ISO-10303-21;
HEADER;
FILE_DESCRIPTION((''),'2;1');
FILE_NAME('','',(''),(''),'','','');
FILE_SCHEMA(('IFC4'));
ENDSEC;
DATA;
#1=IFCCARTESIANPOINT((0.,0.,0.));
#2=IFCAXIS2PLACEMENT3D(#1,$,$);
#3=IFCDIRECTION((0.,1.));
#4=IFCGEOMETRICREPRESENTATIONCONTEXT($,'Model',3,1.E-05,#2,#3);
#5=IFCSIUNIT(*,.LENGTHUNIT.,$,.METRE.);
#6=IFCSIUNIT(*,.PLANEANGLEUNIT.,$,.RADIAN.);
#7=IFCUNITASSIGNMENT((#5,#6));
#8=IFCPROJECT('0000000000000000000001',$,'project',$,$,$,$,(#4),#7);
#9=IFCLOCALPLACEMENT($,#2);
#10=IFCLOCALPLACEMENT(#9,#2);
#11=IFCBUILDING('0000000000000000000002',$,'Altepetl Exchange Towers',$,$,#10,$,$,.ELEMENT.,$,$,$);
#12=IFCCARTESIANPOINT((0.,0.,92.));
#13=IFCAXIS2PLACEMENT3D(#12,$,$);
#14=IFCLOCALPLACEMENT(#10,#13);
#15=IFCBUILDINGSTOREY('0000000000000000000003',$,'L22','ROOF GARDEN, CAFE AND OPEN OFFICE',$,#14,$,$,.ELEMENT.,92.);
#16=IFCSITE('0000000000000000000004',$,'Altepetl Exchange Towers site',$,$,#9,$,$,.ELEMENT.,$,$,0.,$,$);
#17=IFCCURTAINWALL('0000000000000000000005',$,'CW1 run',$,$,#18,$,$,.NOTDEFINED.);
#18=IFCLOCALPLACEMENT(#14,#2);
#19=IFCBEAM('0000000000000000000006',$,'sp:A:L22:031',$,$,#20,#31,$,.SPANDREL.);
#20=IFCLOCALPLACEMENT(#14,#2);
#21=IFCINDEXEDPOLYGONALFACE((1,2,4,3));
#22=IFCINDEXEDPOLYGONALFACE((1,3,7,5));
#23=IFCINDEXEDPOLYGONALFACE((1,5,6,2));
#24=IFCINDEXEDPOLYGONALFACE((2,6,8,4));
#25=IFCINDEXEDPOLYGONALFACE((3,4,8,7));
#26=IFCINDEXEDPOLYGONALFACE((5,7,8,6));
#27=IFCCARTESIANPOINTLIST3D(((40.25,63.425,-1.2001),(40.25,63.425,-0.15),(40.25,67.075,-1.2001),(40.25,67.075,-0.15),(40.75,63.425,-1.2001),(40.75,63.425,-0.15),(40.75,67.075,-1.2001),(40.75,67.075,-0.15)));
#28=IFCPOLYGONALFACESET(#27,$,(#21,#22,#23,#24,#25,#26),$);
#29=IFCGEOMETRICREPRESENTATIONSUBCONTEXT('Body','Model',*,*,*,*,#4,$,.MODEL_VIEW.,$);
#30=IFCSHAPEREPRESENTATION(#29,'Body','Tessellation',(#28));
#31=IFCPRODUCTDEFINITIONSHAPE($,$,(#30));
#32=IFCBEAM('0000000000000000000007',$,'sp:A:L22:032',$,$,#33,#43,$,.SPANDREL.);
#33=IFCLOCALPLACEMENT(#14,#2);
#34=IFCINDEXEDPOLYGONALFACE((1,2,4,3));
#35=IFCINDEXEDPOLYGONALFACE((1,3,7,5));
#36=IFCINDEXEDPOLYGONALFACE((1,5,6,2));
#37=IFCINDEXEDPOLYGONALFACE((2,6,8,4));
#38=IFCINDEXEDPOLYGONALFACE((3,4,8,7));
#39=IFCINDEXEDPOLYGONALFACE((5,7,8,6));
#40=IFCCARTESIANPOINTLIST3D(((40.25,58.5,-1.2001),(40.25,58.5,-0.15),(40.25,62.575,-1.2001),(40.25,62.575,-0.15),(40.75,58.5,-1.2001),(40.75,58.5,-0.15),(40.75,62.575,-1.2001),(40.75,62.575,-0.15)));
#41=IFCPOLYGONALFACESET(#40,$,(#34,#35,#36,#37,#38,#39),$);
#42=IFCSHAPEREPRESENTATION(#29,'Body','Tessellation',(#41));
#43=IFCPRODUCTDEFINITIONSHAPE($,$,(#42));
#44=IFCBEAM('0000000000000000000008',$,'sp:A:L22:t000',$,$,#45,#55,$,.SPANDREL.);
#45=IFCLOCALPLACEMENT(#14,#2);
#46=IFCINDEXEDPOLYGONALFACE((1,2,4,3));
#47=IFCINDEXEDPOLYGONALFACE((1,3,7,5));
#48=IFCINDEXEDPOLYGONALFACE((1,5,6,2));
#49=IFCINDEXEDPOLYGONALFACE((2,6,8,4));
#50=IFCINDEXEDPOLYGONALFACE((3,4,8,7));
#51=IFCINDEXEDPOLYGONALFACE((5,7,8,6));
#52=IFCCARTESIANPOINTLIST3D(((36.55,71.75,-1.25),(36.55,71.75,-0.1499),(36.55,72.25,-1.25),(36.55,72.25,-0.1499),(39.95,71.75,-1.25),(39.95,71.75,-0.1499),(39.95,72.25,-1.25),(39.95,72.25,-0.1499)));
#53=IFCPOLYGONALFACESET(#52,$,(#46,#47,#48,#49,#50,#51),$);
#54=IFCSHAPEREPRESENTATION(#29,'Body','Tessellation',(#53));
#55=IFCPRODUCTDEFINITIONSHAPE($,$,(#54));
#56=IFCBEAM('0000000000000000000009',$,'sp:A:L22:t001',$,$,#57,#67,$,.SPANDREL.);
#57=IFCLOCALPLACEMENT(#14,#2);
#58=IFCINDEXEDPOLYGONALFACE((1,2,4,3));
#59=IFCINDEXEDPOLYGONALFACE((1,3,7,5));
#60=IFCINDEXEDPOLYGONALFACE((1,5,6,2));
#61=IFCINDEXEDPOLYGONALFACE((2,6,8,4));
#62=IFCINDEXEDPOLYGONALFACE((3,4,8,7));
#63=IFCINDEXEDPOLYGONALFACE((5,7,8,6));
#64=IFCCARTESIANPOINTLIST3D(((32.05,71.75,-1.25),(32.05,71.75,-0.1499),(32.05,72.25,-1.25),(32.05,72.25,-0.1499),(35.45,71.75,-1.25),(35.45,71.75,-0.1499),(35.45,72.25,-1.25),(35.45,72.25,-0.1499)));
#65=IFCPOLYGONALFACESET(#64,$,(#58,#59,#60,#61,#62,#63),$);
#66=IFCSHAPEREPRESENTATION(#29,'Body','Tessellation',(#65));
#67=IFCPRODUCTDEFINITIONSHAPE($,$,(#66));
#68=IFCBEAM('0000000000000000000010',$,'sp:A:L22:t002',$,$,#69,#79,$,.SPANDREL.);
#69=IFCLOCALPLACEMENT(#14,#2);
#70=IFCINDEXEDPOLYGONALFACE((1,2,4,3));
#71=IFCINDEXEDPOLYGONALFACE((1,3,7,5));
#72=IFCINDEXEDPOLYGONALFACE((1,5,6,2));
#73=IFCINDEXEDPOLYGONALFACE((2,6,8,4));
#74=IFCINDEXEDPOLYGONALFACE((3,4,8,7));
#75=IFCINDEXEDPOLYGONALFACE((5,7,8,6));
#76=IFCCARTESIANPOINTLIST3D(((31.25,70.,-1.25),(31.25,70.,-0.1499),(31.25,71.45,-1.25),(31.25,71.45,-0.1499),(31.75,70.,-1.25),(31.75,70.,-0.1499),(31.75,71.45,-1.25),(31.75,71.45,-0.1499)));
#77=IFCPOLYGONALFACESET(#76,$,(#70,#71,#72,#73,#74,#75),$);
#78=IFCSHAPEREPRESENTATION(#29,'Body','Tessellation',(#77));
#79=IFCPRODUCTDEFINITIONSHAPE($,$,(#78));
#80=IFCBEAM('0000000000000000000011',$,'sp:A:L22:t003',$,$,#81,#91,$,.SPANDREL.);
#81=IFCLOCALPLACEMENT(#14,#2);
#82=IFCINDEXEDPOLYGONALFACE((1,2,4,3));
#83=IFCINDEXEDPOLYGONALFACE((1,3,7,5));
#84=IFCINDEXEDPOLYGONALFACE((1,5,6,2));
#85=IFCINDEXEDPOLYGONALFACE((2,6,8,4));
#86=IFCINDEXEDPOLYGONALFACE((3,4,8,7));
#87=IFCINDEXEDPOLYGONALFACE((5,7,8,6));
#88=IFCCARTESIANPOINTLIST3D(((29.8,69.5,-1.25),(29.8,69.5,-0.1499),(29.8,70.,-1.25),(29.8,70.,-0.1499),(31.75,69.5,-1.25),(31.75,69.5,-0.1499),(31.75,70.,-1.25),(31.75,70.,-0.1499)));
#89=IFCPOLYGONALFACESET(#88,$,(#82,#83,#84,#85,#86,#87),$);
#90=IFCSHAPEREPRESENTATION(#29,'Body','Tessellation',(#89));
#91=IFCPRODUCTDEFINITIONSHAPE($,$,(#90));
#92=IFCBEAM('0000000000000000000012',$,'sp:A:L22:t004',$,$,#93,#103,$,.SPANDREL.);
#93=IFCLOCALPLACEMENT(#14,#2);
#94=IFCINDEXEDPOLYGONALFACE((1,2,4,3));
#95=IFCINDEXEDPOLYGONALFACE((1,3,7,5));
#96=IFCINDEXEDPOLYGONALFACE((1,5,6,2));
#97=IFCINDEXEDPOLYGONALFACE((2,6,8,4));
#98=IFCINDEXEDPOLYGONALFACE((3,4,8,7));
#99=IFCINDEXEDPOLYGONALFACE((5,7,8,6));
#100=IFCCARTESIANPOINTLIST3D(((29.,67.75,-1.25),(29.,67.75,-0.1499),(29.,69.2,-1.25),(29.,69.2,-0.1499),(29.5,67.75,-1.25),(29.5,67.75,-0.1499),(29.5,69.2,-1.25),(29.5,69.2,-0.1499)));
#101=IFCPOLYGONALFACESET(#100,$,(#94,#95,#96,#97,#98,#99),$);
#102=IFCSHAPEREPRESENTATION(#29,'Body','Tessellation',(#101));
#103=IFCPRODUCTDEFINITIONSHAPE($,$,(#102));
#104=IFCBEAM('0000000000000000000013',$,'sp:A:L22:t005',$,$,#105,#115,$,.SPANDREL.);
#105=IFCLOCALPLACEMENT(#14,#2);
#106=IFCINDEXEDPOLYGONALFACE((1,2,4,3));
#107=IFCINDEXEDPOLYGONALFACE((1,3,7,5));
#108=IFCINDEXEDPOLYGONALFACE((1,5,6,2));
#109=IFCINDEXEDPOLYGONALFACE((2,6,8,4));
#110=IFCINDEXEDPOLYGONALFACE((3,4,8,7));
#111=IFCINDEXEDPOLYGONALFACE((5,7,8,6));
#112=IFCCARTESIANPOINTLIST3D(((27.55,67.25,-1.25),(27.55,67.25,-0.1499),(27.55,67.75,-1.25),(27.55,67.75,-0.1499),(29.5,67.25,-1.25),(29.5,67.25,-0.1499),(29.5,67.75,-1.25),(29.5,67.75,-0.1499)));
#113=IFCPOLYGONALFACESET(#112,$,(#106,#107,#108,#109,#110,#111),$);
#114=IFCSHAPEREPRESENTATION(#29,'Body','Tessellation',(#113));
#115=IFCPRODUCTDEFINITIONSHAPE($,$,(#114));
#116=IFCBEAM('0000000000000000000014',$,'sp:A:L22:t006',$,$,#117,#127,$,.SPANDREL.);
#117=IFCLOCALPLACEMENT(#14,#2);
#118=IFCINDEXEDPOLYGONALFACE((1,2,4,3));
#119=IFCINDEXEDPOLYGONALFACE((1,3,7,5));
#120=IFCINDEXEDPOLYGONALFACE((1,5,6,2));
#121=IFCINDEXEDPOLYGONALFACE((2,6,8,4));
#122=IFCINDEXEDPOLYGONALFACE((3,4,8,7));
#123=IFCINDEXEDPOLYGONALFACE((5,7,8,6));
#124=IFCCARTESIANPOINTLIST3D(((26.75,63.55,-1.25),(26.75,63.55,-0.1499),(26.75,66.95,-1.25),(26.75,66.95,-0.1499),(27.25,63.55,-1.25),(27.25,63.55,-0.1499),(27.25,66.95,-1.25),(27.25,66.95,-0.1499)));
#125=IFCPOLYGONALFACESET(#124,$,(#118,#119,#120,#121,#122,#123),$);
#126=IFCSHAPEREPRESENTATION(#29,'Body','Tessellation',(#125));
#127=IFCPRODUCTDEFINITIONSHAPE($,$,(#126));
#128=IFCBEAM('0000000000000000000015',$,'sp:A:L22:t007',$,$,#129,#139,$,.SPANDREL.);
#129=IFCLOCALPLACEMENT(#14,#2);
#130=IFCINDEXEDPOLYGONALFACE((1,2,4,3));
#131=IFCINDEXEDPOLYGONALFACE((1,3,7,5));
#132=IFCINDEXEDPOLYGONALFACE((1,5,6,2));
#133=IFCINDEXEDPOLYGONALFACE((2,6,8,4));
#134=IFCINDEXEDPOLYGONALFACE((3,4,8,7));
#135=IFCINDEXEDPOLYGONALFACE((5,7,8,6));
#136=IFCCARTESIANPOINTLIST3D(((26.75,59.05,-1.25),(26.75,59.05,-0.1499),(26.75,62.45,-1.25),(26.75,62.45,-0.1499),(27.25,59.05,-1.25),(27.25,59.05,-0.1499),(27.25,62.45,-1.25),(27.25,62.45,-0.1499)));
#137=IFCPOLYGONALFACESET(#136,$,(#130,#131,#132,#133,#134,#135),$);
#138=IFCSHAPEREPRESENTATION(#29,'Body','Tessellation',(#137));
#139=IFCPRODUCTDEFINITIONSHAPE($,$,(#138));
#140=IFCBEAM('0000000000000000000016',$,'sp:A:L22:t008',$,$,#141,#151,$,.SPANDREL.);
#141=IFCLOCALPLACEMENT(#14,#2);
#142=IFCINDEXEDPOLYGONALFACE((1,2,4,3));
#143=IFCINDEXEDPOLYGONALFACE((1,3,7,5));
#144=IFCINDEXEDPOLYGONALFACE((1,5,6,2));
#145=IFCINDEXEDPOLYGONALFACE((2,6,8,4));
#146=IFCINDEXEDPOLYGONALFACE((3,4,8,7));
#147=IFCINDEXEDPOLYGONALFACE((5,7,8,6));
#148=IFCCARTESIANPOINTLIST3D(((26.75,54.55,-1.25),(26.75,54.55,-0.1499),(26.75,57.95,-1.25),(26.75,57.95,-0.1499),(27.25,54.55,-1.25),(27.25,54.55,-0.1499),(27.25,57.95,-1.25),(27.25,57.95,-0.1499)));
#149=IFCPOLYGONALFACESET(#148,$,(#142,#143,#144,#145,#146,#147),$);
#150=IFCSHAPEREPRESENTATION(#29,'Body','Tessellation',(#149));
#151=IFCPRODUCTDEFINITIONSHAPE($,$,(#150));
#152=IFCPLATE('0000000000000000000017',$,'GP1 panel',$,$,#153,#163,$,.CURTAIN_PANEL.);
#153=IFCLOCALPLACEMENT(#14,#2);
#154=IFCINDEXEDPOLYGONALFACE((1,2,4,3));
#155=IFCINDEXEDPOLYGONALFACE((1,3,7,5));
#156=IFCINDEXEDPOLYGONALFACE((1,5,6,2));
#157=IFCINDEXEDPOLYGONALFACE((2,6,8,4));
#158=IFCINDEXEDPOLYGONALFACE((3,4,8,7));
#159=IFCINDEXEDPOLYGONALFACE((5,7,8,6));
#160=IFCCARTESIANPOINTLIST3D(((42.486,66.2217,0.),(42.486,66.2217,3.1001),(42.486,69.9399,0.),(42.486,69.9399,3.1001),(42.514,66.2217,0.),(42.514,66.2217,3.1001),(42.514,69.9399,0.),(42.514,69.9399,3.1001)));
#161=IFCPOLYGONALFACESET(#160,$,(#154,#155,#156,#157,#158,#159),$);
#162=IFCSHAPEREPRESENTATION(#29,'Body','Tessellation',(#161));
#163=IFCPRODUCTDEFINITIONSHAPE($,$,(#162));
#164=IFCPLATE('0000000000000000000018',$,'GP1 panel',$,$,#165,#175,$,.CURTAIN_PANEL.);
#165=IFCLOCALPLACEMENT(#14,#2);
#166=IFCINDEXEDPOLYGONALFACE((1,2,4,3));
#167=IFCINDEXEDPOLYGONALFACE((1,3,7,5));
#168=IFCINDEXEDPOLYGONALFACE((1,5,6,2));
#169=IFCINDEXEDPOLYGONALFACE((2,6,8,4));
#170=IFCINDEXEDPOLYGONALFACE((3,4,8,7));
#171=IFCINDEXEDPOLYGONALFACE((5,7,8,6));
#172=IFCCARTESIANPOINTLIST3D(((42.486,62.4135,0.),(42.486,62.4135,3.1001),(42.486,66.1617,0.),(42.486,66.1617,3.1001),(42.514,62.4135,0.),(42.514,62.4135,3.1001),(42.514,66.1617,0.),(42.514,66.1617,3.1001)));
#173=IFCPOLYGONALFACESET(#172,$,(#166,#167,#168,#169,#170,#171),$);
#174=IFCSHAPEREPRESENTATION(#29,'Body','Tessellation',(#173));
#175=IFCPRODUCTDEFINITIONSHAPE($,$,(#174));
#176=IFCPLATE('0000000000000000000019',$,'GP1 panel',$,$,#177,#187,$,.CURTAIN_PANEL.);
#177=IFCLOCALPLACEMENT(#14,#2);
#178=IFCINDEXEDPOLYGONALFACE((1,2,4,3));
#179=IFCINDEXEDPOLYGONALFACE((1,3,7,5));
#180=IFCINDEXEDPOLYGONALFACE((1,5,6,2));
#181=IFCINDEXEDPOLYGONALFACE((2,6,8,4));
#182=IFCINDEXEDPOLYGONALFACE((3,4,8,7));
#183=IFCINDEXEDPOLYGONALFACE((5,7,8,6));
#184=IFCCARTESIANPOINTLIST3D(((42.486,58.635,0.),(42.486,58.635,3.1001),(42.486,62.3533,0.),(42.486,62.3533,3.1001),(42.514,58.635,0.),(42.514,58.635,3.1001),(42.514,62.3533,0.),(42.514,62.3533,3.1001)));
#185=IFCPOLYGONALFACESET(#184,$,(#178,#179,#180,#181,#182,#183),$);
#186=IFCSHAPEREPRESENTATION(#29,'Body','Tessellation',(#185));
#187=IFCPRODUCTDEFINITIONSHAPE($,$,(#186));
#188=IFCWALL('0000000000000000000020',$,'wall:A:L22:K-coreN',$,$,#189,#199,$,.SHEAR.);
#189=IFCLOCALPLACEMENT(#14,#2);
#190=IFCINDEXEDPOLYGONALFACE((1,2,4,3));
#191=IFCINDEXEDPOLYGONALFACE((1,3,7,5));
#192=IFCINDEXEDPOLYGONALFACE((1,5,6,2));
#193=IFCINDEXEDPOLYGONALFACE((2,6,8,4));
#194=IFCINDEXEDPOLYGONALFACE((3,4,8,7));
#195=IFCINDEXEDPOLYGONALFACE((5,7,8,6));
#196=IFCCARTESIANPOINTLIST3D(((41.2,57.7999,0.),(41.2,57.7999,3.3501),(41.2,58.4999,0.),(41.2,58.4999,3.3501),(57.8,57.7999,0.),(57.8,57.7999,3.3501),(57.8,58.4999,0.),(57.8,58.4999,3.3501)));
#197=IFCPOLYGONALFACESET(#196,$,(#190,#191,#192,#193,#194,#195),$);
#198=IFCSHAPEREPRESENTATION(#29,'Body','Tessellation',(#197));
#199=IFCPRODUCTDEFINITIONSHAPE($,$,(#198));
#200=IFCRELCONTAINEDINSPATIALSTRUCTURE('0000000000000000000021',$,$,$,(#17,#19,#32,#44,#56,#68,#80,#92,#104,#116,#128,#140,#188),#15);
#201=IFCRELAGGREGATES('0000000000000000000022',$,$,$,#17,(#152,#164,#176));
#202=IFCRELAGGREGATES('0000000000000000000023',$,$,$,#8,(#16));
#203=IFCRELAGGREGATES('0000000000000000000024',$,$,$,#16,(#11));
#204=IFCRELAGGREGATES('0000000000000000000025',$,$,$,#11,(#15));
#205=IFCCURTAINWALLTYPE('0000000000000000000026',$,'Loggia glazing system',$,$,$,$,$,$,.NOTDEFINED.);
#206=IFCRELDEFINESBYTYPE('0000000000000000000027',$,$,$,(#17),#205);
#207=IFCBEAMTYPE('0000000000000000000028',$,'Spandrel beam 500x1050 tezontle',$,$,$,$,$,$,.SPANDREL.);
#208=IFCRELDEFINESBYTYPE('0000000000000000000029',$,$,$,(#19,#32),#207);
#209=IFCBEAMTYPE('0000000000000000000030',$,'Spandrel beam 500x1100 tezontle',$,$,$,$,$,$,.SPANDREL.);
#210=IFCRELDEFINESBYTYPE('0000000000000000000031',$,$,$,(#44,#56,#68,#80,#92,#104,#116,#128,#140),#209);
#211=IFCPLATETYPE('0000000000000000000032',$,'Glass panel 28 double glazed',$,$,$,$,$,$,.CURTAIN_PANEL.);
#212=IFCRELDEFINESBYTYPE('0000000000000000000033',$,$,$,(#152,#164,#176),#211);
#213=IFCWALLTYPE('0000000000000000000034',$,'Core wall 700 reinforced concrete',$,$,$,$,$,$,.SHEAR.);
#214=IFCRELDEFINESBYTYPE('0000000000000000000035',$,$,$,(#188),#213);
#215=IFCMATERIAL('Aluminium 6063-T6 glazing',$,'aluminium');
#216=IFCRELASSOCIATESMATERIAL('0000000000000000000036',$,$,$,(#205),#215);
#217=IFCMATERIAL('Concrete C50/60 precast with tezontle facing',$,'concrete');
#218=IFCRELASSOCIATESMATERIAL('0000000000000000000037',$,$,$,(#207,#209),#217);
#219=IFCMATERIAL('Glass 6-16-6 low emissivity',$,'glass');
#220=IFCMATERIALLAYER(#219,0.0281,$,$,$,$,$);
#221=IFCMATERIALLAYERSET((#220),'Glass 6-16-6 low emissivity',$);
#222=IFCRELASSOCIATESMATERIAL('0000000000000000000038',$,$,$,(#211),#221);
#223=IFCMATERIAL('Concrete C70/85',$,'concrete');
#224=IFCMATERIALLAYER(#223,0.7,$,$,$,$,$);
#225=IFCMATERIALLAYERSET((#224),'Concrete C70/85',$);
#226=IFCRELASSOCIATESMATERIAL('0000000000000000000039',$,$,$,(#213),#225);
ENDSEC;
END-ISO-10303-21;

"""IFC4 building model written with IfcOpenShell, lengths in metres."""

from ifc_helpers import new_model, si_unit, direction, frame, frame_2d, origin, origin_2d, place, context, subcontext, project, spatial, rectangle, extrude, material, layer, layer_set, material_profile, profile_set, type_object, element, aggregate, save


model = new_model("IFC4")

# Units and contexts
model_context = context("Model", 3, precision=1e-05, world=origin(), true_north=direction((0.0, 1.0)))
body_context = subcontext(model_context, "Body", "Model", "MODEL_VIEW")
ifc_project = project(units=[si_unit("LENGTHUNIT", "METRE"), si_unit("PLANEANGLEUNIT", "RADIAN")], contexts=[model_context])

# Site, building, storey
site_placement = place(None, origin())
site = spatial("IfcSite", under=ifc_project, at=site_placement, Name="Altepetl Exchange Towers site", CompositionType="ELEMENT", RefElevation=0.0)
building_placement = place(site_placement, origin())
building = spatial("IfcBuilding", under=site, at=building_placement, Name="Altepetl Exchange Towers", CompositionType="ELEMENT")
storey_placement = place(building_placement, frame((0.0, 0.0, 92.0)))
storey = spatial("IfcBuildingStorey", under=building, at=storey_placement, Name="L22", Description="ROOF GARDEN, CAFE AND OPEN OFFICE", CompositionType="ELEMENT", Elevation=92.0)

# Curtain wall
ifc_material_1 = material(Name="Aluminium 6063-T6 glazing", Category="aluminium")
curtain_wall_type = type_object("IfcCurtainWallType", Name="Loggia glazing system", PredefinedType="NOTDEFINED", material=ifc_material_1)
curtain_wall_placement = place(storey_placement, origin())
curtain_wall = element("IfcCurtainWall", 1, at=curtain_wall_placement, inside=storey, type_object=curtain_wall_type, Name="CW1 run", PredefinedType="NOTDEFINED")

# Beams
ifc_material_2 = material(Name="Concrete C50/60 precast with tezontle facing", Category="concrete")
ifc_material_profile_1 = material_profile(ifc_material_2, rectangle(XDim=0.5, YDim=1.05, at=origin_2d()), Name="500 x 1050")
ifc_profile_set_1 = profile_set([ifc_material_profile_1], Name="Concrete C50/60 precast with tezontle facing")
beam_type_1 = type_object("IfcBeamType", Name="Spandrel beam 500x1050 tezontle", PredefinedType="SPANDREL", material=ifc_profile_set_1)
beam_1_placement = place(storey_placement, frame((40.5, 67.075, -0.675), z_axis=(0.0, -1.0, 0.0), x_axis=(1.0, 0.0, 0.0)))
element("IfcBeam", 2, at=beam_1_placement, inside=storey, type_object=beam_type_1, Name="sp:A:L22:031", PredefinedType="SPANDREL", context=body_context, shape_type="SweptSolid", body=[
    extrude(rectangle(XDim=0.5, YDim=1.05, at=origin_2d()), origin(), (0.0, 0.0, 1.0), 3.6499),
])
beam_2_placement = place(storey_placement, frame((40.5, 62.575, -0.675), z_axis=(0.0, -1.0, 0.0), x_axis=(1.0, 0.0, 0.0)))
element("IfcBeam", 3, at=beam_2_placement, inside=storey, type_object=beam_type_1, Name="sp:A:L22:032", PredefinedType="SPANDREL", context=body_context, shape_type="SweptSolid", body=[
    extrude(rectangle(XDim=0.5, YDim=1.05, at=origin_2d()), origin(), (0.0, 0.0, 1.0), 4.075),
])
ifc_material_profile_2 = material_profile(ifc_material_2, rectangle(XDim=0.5, YDim=1.1001, at=origin_2d()), Name="500 x 1100")
ifc_profile_set_2 = profile_set([ifc_material_profile_2], Name="Concrete C50/60 precast with tezontle facing")
beam_type_2 = type_object("IfcBeamType", Name="Spandrel beam 500x1100 tezontle", PredefinedType="SPANDREL", material=ifc_profile_set_2)
for number, where, z_axis, x_axis, name in (
    (4, (39.95, 72.0, -0.7), (-1.0, 0.0, 0.0), (0.0, -1.0, 0.0), "sp:A:L22:t000"),
    (5, (35.45, 72.0, -0.7), (-1.0, 0.0, 0.0), (0.0, -1.0, 0.0), "sp:A:L22:t001"),
):
    element("IfcBeam", number, at=place(storey_placement, frame(where, z_axis=z_axis, x_axis=x_axis)), inside=storey, type_object=beam_type_2, Name=name, PredefinedType="SPANDREL", context=body_context, shape_type="SweptSolid", body=[
        extrude(rectangle(XDim=0.5, YDim=1.1001, at=origin_2d()), origin(), (0.0, 0.0, 1.0), 3.3999),
    ])
beam_3_placement = place(storey_placement, frame((31.5, 71.45, -0.7), z_axis=(0.0, -1.0, 0.0), x_axis=(1.0, 0.0, 0.0)))
element("IfcBeam", 6, at=beam_3_placement, inside=storey, type_object=beam_type_2, Name="sp:A:L22:t002", PredefinedType="SPANDREL", context=body_context, shape_type="SweptSolid", body=[
    extrude(rectangle(XDim=0.5, YDim=1.1001, at=origin_2d()), origin(), (0.0, 0.0, 1.0), 1.45),
])
beam_4_placement = place(storey_placement, frame((31.75, 69.75, -0.7), z_axis=(-1.0, 0.0, 0.0), x_axis=(0.0, -1.0, 0.0)))
element("IfcBeam", 7, at=beam_4_placement, inside=storey, type_object=beam_type_2, Name="sp:A:L22:t003", PredefinedType="SPANDREL", context=body_context, shape_type="SweptSolid", body=[
    extrude(rectangle(XDim=0.5, YDim=1.1001, at=origin_2d()), origin(), (0.0, 0.0, 1.0), 1.95),
])
beam_5_placement = place(storey_placement, frame((29.25, 69.2, -0.7), z_axis=(0.0, -1.0, 0.0), x_axis=(1.0, 0.0, 0.0)))
element("IfcBeam", 8, at=beam_5_placement, inside=storey, type_object=beam_type_2, Name="sp:A:L22:t004", PredefinedType="SPANDREL", context=body_context, shape_type="SweptSolid", body=[
    extrude(rectangle(XDim=0.5, YDim=1.1001, at=origin_2d()), origin(), (0.0, 0.0, 1.0), 1.45),
])
beam_6_placement = place(storey_placement, frame((29.5, 67.5, -0.7), z_axis=(-1.0, 0.0, 0.0), x_axis=(0.0, -1.0, 0.0)))
element("IfcBeam", 9, at=beam_6_placement, inside=storey, type_object=beam_type_2, Name="sp:A:L22:t005", PredefinedType="SPANDREL", context=body_context, shape_type="SweptSolid", body=[
    extrude(rectangle(XDim=0.5, YDim=1.1001, at=origin_2d()), origin(), (0.0, 0.0, 1.0), 1.95),
])
for number, where, z_axis, x_axis, name in (
    (10, (27.0, 66.95, -0.7), (0.0, -1.0, 0.0), (1.0, 0.0, 0.0), "sp:A:L22:t006"),
    (11, (27.0, 62.45, -0.7), (0.0, -1.0, 0.0), (1.0, 0.0, 0.0), "sp:A:L22:t007"),
    (12, (27.0, 57.95, -0.7), (0.0, -1.0, 0.0), (1.0, 0.0, 0.0), "sp:A:L22:t008"),
):
    element("IfcBeam", number, at=place(storey_placement, frame(where, z_axis=z_axis, x_axis=x_axis)), inside=storey, type_object=beam_type_2, Name=name, PredefinedType="SPANDREL", context=body_context, shape_type="SweptSolid", body=[
        extrude(rectangle(XDim=0.5, YDim=1.1001, at=origin_2d()), origin(), (0.0, 0.0, 1.0), 3.3999),
    ])

# Plates
ifc_material_3 = material(Name="Glass 6-16-6 low emissivity", Category="glass")
ifc_layer_1 = layer(ifc_material_3, 0.0281)
ifc_layer_set_1 = layer_set([ifc_layer_1], Name="Glass 6-16-6 low emissivity")
plate_type = type_object("IfcPlateType", Name="Glass panel 28 double glazed", PredefinedType="CURTAIN_PANEL", material=ifc_layer_set_1)
plate_1_placement = place(storey_placement, frame((42.5, 68.0808, 0.0), z_axis=(0.0, 0.0, 1.0), x_axis=(0.0, -1.0, 0.0)))
plate_1 = element("IfcPlate", 13, at=plate_1_placement, type_object=plate_type, Name="GP1 panel", PredefinedType="CURTAIN_PANEL", context=body_context, shape_type="SweptSolid", body=[
    extrude(rectangle(XDim=3.7183, YDim=0.0281, at=origin_2d()), origin(), (0.0, 0.0, 1.0), 3.1001),
])
plate_2_placement = place(storey_placement, frame((42.5, 64.2876, 0.0), z_axis=(0.0, 0.0, 1.0), x_axis=(0.0, -1.0, 0.0)))
plate_2 = element("IfcPlate", 14, at=plate_2_placement, type_object=plate_type, Name="GP1 panel", PredefinedType="CURTAIN_PANEL", context=body_context, shape_type="SweptSolid", body=[
    extrude(rectangle(XDim=3.7483, YDim=0.0281, at=origin_2d()), origin(), (0.0, 0.0, 1.0), 3.1001),
])
plate_3_placement = place(storey_placement, frame((42.5, 60.4941, 0.0), z_axis=(0.0, 0.0, 1.0), x_axis=(0.0, -1.0, 0.0)))
plate_3 = element("IfcPlate", 15, at=plate_3_placement, type_object=plate_type, Name="GP1 panel", PredefinedType="CURTAIN_PANEL", context=body_context, shape_type="SweptSolid", body=[
    extrude(rectangle(XDim=3.7183, YDim=0.0281, at=origin_2d()), origin(), (0.0, 0.0, 1.0), 3.1001),
])
aggregate(curtain_wall, [plate_1, plate_2, plate_3])

# Wall
ifc_material_4 = material(Name="Concrete C70/85", Category="concrete")
ifc_layer_2 = layer(ifc_material_4, 0.7)
ifc_layer_set_2 = layer_set([ifc_layer_2], Name="Concrete C70/85")
wall_type_1 = type_object("IfcWallType", Name="Core wall 700 reinforced concrete", PredefinedType="SHEAR", material=ifc_layer_set_2)
wall_1_placement = place(storey_placement, frame((41.2, 58.1499, 0.0)))
element("IfcWall", 16, at=wall_1_placement, inside=storey, type_object=wall_type_1, Name="wall:A:L22:K-coreN", PredefinedType="SHEAR", context=body_context, shape_type="SweptSolid", body=[
    extrude(rectangle(XDim=16.6001, YDim=0.7, at=frame_2d((8.3, 0.0))), origin(), (0.0, 0.0, 1.0), 3.3501),
])

save(model, "model.ifc")
